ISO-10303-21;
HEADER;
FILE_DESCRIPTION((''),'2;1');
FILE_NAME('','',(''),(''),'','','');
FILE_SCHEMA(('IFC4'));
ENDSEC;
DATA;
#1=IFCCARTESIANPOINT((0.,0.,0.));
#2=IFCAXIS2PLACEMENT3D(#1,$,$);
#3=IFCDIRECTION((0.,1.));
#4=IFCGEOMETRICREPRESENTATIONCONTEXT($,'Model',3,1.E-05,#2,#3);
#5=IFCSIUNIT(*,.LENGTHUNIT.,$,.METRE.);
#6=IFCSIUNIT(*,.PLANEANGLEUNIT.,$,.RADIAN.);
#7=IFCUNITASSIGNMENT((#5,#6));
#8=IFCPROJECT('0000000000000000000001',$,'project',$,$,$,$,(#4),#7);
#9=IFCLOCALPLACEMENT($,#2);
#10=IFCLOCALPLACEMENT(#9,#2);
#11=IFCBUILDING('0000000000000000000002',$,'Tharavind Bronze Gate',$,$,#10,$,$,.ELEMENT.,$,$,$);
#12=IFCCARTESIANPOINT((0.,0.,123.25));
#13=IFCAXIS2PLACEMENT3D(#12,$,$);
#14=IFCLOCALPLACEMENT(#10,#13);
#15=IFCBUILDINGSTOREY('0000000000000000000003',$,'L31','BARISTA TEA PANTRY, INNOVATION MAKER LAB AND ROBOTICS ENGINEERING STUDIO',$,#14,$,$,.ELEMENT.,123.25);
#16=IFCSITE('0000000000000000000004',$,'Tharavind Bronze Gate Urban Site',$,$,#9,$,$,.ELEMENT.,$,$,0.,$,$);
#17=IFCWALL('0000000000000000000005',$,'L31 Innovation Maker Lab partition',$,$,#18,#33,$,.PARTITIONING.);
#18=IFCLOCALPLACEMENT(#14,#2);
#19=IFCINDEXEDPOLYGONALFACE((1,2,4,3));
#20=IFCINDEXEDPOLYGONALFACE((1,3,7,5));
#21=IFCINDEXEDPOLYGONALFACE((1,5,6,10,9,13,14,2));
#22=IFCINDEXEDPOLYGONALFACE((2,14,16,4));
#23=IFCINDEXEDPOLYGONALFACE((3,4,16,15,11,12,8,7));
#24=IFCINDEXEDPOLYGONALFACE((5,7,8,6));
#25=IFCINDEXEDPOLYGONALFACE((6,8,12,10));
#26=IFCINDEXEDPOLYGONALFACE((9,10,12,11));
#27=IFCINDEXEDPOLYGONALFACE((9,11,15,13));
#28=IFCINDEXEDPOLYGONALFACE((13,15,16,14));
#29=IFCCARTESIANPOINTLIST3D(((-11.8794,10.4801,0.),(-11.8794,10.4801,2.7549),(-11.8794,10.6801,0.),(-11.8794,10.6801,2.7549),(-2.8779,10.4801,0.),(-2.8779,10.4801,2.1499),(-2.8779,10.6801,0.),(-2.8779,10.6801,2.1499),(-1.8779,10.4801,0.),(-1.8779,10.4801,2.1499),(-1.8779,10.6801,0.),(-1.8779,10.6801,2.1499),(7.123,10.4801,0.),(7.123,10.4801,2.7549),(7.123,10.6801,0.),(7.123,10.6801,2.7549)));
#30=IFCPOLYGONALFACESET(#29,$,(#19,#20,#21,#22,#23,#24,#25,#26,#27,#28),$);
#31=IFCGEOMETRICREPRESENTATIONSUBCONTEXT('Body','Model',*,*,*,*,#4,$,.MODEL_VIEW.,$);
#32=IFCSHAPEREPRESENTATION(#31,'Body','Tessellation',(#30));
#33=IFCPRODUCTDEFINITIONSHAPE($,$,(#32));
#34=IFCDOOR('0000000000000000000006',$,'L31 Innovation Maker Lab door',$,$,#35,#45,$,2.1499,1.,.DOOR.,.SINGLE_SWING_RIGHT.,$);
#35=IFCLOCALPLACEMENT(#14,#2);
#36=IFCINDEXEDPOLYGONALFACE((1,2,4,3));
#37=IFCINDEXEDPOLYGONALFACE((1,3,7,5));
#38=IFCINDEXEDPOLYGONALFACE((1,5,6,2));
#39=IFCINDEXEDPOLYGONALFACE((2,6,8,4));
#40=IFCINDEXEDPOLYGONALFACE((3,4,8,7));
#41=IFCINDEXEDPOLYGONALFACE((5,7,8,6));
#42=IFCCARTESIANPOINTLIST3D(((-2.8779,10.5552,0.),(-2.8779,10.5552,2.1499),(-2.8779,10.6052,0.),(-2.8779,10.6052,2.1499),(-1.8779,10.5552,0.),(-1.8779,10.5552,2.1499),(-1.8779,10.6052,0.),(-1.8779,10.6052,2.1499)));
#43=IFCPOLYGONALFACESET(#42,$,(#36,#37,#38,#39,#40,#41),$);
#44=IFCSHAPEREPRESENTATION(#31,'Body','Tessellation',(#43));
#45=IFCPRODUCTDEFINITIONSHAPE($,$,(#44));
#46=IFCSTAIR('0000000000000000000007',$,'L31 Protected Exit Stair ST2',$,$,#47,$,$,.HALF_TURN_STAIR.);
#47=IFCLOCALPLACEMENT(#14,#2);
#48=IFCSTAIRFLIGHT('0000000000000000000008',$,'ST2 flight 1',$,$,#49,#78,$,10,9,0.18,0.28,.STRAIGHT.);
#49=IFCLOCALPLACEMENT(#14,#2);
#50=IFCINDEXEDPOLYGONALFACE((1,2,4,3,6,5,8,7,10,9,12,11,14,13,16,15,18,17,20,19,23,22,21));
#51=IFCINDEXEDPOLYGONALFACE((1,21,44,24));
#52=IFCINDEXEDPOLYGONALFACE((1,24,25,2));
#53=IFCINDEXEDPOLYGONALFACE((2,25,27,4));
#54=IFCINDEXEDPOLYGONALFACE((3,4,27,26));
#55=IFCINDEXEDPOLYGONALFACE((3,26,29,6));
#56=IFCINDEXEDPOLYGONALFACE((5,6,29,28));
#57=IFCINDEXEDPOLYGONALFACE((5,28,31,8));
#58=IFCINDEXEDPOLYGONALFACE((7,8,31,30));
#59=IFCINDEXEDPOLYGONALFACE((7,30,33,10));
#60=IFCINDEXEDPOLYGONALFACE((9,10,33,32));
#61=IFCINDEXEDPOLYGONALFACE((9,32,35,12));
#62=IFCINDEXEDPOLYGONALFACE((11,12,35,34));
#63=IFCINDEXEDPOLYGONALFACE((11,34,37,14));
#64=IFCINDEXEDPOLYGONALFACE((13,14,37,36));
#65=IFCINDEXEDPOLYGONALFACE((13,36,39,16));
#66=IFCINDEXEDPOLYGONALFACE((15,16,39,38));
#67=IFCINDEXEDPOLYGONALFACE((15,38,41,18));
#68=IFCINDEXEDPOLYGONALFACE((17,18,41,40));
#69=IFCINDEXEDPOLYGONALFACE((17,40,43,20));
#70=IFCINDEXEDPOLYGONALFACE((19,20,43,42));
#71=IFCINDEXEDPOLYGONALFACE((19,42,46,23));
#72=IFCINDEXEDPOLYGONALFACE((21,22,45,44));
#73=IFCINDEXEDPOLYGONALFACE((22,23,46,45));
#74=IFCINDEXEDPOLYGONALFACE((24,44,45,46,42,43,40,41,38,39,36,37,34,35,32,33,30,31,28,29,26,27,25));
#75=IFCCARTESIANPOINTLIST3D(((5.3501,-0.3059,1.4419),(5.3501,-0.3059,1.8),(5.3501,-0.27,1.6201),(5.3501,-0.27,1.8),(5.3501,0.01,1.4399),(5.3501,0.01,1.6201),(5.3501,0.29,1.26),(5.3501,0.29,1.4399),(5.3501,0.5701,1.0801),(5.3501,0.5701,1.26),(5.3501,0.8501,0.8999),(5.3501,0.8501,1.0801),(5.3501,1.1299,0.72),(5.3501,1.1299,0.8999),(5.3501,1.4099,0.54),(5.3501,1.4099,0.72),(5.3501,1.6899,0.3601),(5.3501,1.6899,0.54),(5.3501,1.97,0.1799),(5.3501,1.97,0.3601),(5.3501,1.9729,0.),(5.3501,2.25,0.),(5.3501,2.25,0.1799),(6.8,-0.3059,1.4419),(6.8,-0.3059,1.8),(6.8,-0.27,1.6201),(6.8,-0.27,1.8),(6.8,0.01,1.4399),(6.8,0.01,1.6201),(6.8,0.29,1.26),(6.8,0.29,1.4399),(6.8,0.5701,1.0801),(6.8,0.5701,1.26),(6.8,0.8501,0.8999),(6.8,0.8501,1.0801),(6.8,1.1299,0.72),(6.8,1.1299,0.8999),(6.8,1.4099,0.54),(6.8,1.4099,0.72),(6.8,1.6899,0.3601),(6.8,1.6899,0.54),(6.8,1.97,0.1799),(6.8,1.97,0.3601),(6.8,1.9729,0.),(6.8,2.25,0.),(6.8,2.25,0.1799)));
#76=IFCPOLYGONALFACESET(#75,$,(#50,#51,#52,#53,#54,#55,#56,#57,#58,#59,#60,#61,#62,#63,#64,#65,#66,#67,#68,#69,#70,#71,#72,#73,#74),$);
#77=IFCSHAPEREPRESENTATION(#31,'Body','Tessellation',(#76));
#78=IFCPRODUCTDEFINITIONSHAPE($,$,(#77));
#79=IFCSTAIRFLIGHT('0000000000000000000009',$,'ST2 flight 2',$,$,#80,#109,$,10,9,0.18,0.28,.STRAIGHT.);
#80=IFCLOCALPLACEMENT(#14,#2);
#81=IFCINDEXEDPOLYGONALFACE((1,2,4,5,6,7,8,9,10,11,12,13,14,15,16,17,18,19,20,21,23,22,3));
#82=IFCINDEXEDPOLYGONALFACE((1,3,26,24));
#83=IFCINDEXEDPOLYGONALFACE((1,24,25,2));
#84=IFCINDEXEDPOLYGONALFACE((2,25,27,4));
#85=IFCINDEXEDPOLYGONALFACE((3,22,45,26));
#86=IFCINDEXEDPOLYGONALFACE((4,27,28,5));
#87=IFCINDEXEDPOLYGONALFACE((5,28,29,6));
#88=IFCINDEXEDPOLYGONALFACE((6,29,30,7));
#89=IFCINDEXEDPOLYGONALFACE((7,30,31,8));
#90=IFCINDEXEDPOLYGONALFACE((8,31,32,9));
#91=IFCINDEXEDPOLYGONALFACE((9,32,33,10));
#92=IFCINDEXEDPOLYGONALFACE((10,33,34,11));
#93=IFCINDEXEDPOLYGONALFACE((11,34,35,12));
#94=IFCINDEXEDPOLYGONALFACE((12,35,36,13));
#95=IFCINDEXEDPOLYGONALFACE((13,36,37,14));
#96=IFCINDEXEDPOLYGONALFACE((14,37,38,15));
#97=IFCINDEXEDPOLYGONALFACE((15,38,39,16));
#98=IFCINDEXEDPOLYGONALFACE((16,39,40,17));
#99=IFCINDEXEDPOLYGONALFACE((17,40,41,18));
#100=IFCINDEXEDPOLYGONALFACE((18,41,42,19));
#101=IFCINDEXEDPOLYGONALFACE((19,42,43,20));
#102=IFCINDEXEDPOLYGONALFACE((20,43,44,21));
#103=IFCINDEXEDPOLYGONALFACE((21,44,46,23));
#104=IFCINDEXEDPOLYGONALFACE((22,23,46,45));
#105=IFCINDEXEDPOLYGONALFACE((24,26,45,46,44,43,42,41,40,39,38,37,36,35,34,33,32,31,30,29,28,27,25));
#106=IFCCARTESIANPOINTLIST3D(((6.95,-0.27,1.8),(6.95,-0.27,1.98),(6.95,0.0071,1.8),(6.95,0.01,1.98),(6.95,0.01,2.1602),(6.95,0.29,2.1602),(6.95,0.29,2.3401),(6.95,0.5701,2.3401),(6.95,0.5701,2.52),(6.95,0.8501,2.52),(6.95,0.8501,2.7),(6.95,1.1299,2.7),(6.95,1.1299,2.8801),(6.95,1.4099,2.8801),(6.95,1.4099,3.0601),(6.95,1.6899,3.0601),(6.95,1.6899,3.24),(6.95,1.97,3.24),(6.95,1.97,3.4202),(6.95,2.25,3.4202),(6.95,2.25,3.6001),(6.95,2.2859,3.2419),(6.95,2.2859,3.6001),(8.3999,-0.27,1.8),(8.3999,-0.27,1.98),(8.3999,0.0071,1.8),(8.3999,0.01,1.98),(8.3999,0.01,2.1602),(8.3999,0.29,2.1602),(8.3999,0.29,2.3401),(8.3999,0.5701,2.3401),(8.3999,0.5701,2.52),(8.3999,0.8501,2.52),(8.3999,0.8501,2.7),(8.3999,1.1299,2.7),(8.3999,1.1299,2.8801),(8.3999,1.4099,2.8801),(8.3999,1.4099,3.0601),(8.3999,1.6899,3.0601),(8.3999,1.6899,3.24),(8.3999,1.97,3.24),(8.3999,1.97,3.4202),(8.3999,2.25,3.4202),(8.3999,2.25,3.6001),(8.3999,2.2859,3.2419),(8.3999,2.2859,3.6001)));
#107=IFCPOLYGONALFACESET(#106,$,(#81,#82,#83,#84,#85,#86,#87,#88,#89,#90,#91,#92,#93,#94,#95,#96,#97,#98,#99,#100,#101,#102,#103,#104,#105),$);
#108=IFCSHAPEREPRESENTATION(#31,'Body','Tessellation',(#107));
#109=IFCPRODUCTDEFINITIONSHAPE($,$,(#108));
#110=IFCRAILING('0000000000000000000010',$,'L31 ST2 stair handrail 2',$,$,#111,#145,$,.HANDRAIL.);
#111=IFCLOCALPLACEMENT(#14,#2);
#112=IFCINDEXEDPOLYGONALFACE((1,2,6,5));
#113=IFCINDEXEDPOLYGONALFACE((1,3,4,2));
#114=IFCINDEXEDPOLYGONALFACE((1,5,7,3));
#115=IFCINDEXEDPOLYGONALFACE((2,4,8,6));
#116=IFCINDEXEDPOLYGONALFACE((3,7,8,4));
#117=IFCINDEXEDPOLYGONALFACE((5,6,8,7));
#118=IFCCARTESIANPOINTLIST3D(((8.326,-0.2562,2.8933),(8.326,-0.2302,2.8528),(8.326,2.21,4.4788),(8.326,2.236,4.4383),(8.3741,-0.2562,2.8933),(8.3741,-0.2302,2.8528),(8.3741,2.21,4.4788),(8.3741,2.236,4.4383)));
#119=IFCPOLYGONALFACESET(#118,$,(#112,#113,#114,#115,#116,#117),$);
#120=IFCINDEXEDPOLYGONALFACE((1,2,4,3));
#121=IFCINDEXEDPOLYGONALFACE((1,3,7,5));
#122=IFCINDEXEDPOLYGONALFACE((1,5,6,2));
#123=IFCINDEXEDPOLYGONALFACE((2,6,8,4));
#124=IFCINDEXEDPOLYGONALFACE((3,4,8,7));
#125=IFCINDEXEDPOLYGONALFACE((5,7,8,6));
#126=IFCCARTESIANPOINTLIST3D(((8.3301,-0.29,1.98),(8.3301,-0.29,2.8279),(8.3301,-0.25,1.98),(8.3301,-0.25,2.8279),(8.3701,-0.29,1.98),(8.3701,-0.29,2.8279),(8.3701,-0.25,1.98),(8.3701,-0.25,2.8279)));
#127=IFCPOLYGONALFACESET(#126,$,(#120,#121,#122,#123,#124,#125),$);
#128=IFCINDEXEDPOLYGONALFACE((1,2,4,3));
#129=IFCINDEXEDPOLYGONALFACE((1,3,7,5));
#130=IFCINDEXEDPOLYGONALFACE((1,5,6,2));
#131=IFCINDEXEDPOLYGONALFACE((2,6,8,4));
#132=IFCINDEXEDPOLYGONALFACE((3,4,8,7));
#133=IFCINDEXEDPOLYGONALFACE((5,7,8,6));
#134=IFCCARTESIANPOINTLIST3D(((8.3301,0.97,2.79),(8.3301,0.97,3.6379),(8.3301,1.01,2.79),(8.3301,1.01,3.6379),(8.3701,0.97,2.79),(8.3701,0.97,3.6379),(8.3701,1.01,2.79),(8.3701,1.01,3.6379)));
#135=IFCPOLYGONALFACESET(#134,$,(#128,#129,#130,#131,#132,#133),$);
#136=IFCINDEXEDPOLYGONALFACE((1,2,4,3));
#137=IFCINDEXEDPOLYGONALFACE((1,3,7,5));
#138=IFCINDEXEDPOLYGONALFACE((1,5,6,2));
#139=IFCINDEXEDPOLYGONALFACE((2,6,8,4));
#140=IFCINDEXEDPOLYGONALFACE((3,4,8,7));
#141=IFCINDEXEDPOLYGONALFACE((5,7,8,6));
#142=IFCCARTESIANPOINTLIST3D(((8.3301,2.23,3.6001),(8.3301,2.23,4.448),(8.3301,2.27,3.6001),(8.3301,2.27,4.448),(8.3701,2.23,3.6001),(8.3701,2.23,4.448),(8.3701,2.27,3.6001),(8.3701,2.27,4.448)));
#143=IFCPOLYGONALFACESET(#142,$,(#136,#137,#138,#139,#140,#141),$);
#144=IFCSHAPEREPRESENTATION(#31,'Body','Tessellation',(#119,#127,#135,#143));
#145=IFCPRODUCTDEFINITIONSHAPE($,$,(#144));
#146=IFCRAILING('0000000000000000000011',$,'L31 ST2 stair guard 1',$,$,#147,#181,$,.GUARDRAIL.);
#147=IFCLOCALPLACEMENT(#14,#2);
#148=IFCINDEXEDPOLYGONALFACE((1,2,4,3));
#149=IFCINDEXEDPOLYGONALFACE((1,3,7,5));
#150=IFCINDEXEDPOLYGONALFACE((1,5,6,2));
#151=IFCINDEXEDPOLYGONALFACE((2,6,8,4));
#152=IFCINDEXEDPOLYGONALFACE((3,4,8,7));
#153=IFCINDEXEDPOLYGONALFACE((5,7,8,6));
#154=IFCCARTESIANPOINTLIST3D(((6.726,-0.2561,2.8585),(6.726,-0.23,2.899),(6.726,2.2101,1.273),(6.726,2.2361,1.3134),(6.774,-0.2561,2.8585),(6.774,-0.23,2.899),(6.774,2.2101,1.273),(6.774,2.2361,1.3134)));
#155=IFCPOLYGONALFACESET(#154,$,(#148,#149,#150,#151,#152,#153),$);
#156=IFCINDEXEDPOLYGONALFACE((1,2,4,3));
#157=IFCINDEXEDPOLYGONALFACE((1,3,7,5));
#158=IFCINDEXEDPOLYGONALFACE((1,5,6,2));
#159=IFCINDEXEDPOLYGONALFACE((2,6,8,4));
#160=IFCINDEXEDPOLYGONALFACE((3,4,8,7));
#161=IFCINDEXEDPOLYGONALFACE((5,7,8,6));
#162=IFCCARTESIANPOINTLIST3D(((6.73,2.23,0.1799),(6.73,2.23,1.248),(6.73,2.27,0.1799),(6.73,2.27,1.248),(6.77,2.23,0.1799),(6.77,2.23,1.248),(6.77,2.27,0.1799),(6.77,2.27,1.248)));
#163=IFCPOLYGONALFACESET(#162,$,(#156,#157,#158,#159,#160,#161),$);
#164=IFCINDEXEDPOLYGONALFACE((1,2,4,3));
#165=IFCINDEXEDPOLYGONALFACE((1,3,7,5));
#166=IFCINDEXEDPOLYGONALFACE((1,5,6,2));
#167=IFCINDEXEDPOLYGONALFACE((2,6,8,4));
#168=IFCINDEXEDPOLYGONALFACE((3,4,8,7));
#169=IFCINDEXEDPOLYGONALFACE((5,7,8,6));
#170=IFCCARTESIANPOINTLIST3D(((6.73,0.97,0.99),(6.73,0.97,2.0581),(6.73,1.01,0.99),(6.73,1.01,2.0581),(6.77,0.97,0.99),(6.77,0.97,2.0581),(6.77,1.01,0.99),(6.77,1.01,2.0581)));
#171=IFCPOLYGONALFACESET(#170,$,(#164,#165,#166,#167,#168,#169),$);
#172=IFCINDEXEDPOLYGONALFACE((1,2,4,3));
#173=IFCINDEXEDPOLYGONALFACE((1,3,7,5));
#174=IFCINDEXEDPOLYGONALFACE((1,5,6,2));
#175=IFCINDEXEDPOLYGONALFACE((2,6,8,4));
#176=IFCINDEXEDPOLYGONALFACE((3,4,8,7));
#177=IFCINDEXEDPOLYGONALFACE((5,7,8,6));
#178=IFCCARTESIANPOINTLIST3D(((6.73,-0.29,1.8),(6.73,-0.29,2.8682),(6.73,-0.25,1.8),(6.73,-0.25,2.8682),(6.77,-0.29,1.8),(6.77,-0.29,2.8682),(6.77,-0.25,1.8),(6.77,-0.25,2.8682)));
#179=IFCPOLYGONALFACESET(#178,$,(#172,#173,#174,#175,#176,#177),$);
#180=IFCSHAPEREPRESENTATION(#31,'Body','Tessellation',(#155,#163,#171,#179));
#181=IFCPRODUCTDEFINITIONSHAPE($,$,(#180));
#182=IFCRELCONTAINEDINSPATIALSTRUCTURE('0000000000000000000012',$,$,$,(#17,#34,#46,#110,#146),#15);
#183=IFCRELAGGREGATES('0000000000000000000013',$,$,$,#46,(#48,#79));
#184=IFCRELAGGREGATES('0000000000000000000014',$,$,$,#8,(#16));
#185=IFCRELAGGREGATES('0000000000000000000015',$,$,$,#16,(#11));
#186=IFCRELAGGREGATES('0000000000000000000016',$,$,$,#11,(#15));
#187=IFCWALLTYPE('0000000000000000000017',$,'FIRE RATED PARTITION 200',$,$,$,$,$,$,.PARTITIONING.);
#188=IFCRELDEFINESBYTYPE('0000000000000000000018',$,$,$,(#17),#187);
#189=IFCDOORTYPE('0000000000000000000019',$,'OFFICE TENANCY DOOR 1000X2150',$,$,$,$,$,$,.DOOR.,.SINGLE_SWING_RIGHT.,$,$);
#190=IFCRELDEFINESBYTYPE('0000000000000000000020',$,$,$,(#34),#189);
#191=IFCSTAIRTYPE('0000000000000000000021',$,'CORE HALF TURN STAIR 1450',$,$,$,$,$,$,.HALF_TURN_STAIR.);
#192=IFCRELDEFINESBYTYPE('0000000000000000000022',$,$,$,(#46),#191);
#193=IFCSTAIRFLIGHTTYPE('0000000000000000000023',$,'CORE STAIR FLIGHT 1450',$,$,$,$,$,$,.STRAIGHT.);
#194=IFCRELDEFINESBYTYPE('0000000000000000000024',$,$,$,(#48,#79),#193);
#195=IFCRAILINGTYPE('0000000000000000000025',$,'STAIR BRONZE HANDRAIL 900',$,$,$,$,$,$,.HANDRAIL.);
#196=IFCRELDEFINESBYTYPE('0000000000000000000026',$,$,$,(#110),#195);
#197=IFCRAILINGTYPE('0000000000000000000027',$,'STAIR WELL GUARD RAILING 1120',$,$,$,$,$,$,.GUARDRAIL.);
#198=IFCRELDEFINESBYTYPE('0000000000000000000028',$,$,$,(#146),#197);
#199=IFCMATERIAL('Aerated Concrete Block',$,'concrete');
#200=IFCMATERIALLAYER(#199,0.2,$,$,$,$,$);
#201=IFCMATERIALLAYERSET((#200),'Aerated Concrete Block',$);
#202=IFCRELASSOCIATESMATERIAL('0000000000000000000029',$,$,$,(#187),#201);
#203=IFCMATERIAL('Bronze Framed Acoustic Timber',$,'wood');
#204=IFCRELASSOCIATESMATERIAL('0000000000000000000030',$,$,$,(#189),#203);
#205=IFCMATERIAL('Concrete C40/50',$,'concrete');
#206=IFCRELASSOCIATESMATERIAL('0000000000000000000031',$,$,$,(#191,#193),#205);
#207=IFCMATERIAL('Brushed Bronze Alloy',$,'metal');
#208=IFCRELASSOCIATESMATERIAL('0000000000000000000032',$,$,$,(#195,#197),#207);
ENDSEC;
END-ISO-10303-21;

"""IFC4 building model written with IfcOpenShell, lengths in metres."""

from ifc_helpers import new_model, si_unit, direction, frame, frame_2d, origin, origin_2d, place, context, subcontext, project, spatial, polyline, rectangle, outline, extrude, material, layer, layer_set, type_object, element, fill, aggregate, save


model = new_model("IFC4")

# Units and contexts
model_context = context("Model", 3, precision=1e-05, world=origin(), true_north=direction((0.0, 1.0)))
body_context = subcontext(model_context, "Body", "Model", "MODEL_VIEW")
ifc_project = project(units=[si_unit("LENGTHUNIT", "METRE"), si_unit("PLANEANGLEUNIT", "RADIAN")], contexts=[model_context])

# Site, building, storey
site_placement = place(None, origin())
site = spatial("IfcSite", under=ifc_project, at=site_placement, Name="Tharavind Bronze Gate Urban Site", CompositionType="ELEMENT", RefElevation=0.0)
building_placement = place(site_placement, origin())
building = spatial("IfcBuilding", under=site, at=building_placement, Name="Tharavind Bronze Gate", CompositionType="ELEMENT")
storey_placement = place(building_placement, frame((0.0, 0.0, 123.25)))
storey = spatial("IfcBuildingStorey", under=building, at=storey_placement, Name="L31", Description="BARISTA TEA PANTRY, INNOVATION MAKER LAB AND ROBOTICS ENGINEERING STUDIO", CompositionType="ELEMENT", Elevation=123.25)

# Shared definitions
ifc_material_1 = material(Name="Aerated Concrete Block", Category="concrete")
ifc_layer_1 = layer(ifc_material_1, 0.2)
ifc_layer_set_1 = layer_set([ifc_layer_1], Name="Aerated Concrete Block")
wall_type_1 = type_object("IfcWallType", Name="FIRE RATED PARTITION 200", PredefinedType="PARTITIONING", material=ifc_layer_set_1)

# Wall, opening, door
wall_1_placement = place(storey_placement, frame((7.123, 10.5801, 0.0), z_axis=(0.0, 0.0, 1.0), x_axis=(-1.0, 0.0, 0.0)))
wall_1 = element("IfcWall", 1, at=wall_1_placement, inside=storey, type_object=wall_type_1, Name="L31 Innovation Maker Lab partition", PredefinedType="PARTITIONING", context=body_context, shape_type="SweptSolid", body=[
    extrude(rectangle(XDim=19.0024, YDim=0.2, at=frame_2d((9.5012, 0.0))), origin(), (0.0, 0.0, 1.0), 2.7549),
])
opening_1_placement = place(wall_1_placement, frame((9.001, 0.0, 0.0)))
opening_1 = element("IfcOpeningElement", 2, at=opening_1_placement, cuts=wall_1, PredefinedType="OPENING", context=body_context, shape_type="SweptSolid", body=[
    extrude(rectangle(XDim=1.0, YDim=2.1499, at=frame_2d((0.5, 1.075))), frame((0.0, 0.1101, 0.0), z_axis=(0.0, -1.0, 0.0), x_axis=(1.0, 0.0, 0.0)), (0.0, 0.0, 1.0), 0.22),
])
ifc_material_2 = material(Name="Bronze Framed Acoustic Timber", Category="wood")
door_type_1 = type_object("IfcDoorType", Name="OFFICE TENANCY DOOR 1000X2150", OperationType="SINGLE_SWING_RIGHT", PredefinedType="DOOR", material=ifc_material_2)
door_1_placement = place(opening_1_placement, origin())
door_1 = element("IfcDoor", 3, at=door_1_placement, inside=storey, type_object=door_type_1, Name="L31 Innovation Maker Lab door", OperationType="SINGLE_SWING_RIGHT", OverallHeight=2.1499, OverallWidth=1.0, PredefinedType="DOOR", context=body_context, shape_type="SweptSolid", body=[
    extrude(rectangle(XDim=1.0, YDim=2.1499, at=frame_2d((0.5, 1.075))), frame((0.0, 0.0249, 0.0), z_axis=(0.0, -1.0, 0.0), x_axis=(1.0, 0.0, 0.0)), (0.0, 0.0, 1.0), 0.05),
])
fill(opening_1, door_1)

# Stair, stair flights
ifc_material_3 = material(Name="Concrete C40/50", Category="concrete")
stair_type = type_object("IfcStairType", Name="CORE HALF TURN STAIR 1450", PredefinedType="HALF_TURN_STAIR", material=ifc_material_3)
stair_placement = place(storey_placement, origin())
stair = element("IfcStair", 4, at=stair_placement, inside=storey, type_object=stair_type, Name="L31 Protected Exit Stair ST2", PredefinedType="HALF_TURN_STAIR")
stair_flight_type = type_object("IfcStairFlightType", Name="CORE STAIR FLIGHT 1450", PredefinedType="STRAIGHT", material=ifc_material_3)
stair_flight_1_placement = place(storey_placement, frame((6.075, 2.25, 0.0), z_axis=(0.0, 0.0, 1.0), x_axis=(0.0, -1.0, 0.0)))
stair_flight_1 = element("IfcStairFlight", 5, at=stair_flight_1_placement, type_object=stair_flight_type, Name="ST2 flight 1", NumberOfRisers=10, NumberOfTreads=9, PredefinedType="STRAIGHT", RiserHeight=0.18, TreadLength=0.28, context=body_context, shape_type="SweptSolid", body=[
    extrude(outline(polyline([(0.0, 0.0), (0.0, 0.1799), (0.28, 0.1799), (0.28, 0.3601), (0.5601, 0.3601), (0.5601, 0.54), (0.8401, 0.54), (0.8401, 0.72), (1.1201, 0.72), (1.1201, 0.8999), (1.3999, 0.8999), (1.3999, 1.0801), (1.6799, 1.0801), (1.6799, 1.26), (1.96, 1.26), (1.96, 1.4399), (2.24, 1.4399), (2.24, 1.6201), (2.52, 1.6201), (2.52, 1.8), (2.5559, 1.8), (2.5559, 1.4419), (0.2771, 0.0), (0.0, 0.0)])), frame((0.0, 0.7251, 0.0), z_axis=(0.0, -1.0, 0.0), x_axis=(1.0, 0.0, 0.0)), (0.0, 0.0, 1.0), 1.45),
])
stair_flight_2_placement = place(storey_placement, frame((7.675, -0.27, 1.8), z_axis=(0.0, 0.0, 1.0), x_axis=(0.0, 1.0, 0.0)))
stair_flight_2 = element("IfcStairFlight", 6, at=stair_flight_2_placement, type_object=stair_flight_type, Name="ST2 flight 2", NumberOfRisers=10, NumberOfTreads=9, PredefinedType="STRAIGHT", RiserHeight=0.18, TreadLength=0.28, context=body_context, shape_type="SweptSolid", body=[
    extrude(outline(polyline([(0.0, 0.0), (0.0, 0.1799), (0.28, 0.1799), (0.28, 0.3601), (0.5601, 0.3601), (0.5601, 0.54), (0.8401, 0.54), (0.8401, 0.72), (1.1201, 0.72), (1.1201, 0.8999), (1.3999, 0.8999), (1.3999, 1.0801), (1.6799, 1.0801), (1.6799, 1.26), (1.96, 1.26), (1.96, 1.4399), (2.24, 1.4399), (2.24, 1.6201), (2.52, 1.6201), (2.52, 1.8), (2.5559, 1.8), (2.5559, 1.4419), (0.2771, 0.0), (0.0, 0.0)])), frame((0.0, 0.7251, 0.0), z_axis=(0.0, -1.0, 0.0), x_axis=(1.0, 0.0, 0.0)), (0.0, 0.0, 1.0), 1.45),
])
aggregate(stair, [stair_flight_1, stair_flight_2])

# Railings
ifc_material_4 = material(Name="Brushed Bronze Alloy", Category="metal")
railing_type_1 = type_object("IfcRailingType", Name="STAIR BRONZE HANDRAIL 900", PredefinedType="HANDRAIL", material=ifc_material_4)
railing_1_placement = place(storey_placement, frame((8.3501, -0.27, 1.98)))
element("IfcRailing", 7, at=railing_1_placement, inside=storey, type_object=railing_type_1, Name="L31 ST2 stair handrail 2", PredefinedType="HANDRAIL", context=body_context, shape_type="SweptSolid", body=[
    extrude(rectangle(XDim=0.0481, YDim=0.0481, at=origin_2d()), frame((0.0, 0.0269, 0.8931), z_axis=(0.0, 0.841163, 0.540782), x_axis=(-1.0, 0.0, 0.0)), (0.0, 0.0, 1.0), 2.9319),
    extrude(rectangle(XDim=0.04, YDim=0.04, at=origin_2d()), origin(), (0.0, 0.0, 1.0), 0.8479),
    extrude(rectangle(XDim=0.04, YDim=0.04, at=origin_2d()), frame((0.0, 1.26, 0.8101)), (0.0, 0.0, 1.0), 0.8479),
    extrude(rectangle(XDim=0.04, YDim=0.04, at=origin_2d()), frame((0.0, 2.52, 1.6201)), (0.0, 0.0, 1.0), 0.8479),
])
railing_type_2 = type_object("IfcRailingType", Name="STAIR WELL GUARD RAILING 1120", PredefinedType="GUARDRAIL", material=ifc_material_4)
railing_2_placement = place(storey_placement, frame((6.75, 2.25, 0.1799)))
element("IfcRailing", 8, at=railing_2_placement, inside=storey, type_object=railing_type_2, Name="L31 ST2 stair guard 1", PredefinedType="GUARDRAIL", context=body_context, shape_type="SweptSolid", body=[
    extrude(rectangle(XDim=0.0481, YDim=0.0481, at=origin_2d()), frame((0.0, -0.0269, 1.1133), z_axis=(0.0, -0.841163, 0.540782), x_axis=(1.0, 0.0, 0.0)), (0.0, 0.0, 1.0), 2.9319),
    extrude(rectangle(XDim=0.04, YDim=0.04, at=origin_2d()), origin(), (0.0, 0.0, 1.0), 1.0681),
    extrude(rectangle(XDim=0.04, YDim=0.04, at=origin_2d()), frame((0.0, -1.26, 0.8101)), (0.0, 0.0, 1.0), 1.0681),
    extrude(rectangle(XDim=0.04, YDim=0.04, at=origin_2d()), frame((0.0, -2.52, 1.6201)), (0.0, 0.0, 1.0), 1.0681),
])

save(model, "model.ifc")
